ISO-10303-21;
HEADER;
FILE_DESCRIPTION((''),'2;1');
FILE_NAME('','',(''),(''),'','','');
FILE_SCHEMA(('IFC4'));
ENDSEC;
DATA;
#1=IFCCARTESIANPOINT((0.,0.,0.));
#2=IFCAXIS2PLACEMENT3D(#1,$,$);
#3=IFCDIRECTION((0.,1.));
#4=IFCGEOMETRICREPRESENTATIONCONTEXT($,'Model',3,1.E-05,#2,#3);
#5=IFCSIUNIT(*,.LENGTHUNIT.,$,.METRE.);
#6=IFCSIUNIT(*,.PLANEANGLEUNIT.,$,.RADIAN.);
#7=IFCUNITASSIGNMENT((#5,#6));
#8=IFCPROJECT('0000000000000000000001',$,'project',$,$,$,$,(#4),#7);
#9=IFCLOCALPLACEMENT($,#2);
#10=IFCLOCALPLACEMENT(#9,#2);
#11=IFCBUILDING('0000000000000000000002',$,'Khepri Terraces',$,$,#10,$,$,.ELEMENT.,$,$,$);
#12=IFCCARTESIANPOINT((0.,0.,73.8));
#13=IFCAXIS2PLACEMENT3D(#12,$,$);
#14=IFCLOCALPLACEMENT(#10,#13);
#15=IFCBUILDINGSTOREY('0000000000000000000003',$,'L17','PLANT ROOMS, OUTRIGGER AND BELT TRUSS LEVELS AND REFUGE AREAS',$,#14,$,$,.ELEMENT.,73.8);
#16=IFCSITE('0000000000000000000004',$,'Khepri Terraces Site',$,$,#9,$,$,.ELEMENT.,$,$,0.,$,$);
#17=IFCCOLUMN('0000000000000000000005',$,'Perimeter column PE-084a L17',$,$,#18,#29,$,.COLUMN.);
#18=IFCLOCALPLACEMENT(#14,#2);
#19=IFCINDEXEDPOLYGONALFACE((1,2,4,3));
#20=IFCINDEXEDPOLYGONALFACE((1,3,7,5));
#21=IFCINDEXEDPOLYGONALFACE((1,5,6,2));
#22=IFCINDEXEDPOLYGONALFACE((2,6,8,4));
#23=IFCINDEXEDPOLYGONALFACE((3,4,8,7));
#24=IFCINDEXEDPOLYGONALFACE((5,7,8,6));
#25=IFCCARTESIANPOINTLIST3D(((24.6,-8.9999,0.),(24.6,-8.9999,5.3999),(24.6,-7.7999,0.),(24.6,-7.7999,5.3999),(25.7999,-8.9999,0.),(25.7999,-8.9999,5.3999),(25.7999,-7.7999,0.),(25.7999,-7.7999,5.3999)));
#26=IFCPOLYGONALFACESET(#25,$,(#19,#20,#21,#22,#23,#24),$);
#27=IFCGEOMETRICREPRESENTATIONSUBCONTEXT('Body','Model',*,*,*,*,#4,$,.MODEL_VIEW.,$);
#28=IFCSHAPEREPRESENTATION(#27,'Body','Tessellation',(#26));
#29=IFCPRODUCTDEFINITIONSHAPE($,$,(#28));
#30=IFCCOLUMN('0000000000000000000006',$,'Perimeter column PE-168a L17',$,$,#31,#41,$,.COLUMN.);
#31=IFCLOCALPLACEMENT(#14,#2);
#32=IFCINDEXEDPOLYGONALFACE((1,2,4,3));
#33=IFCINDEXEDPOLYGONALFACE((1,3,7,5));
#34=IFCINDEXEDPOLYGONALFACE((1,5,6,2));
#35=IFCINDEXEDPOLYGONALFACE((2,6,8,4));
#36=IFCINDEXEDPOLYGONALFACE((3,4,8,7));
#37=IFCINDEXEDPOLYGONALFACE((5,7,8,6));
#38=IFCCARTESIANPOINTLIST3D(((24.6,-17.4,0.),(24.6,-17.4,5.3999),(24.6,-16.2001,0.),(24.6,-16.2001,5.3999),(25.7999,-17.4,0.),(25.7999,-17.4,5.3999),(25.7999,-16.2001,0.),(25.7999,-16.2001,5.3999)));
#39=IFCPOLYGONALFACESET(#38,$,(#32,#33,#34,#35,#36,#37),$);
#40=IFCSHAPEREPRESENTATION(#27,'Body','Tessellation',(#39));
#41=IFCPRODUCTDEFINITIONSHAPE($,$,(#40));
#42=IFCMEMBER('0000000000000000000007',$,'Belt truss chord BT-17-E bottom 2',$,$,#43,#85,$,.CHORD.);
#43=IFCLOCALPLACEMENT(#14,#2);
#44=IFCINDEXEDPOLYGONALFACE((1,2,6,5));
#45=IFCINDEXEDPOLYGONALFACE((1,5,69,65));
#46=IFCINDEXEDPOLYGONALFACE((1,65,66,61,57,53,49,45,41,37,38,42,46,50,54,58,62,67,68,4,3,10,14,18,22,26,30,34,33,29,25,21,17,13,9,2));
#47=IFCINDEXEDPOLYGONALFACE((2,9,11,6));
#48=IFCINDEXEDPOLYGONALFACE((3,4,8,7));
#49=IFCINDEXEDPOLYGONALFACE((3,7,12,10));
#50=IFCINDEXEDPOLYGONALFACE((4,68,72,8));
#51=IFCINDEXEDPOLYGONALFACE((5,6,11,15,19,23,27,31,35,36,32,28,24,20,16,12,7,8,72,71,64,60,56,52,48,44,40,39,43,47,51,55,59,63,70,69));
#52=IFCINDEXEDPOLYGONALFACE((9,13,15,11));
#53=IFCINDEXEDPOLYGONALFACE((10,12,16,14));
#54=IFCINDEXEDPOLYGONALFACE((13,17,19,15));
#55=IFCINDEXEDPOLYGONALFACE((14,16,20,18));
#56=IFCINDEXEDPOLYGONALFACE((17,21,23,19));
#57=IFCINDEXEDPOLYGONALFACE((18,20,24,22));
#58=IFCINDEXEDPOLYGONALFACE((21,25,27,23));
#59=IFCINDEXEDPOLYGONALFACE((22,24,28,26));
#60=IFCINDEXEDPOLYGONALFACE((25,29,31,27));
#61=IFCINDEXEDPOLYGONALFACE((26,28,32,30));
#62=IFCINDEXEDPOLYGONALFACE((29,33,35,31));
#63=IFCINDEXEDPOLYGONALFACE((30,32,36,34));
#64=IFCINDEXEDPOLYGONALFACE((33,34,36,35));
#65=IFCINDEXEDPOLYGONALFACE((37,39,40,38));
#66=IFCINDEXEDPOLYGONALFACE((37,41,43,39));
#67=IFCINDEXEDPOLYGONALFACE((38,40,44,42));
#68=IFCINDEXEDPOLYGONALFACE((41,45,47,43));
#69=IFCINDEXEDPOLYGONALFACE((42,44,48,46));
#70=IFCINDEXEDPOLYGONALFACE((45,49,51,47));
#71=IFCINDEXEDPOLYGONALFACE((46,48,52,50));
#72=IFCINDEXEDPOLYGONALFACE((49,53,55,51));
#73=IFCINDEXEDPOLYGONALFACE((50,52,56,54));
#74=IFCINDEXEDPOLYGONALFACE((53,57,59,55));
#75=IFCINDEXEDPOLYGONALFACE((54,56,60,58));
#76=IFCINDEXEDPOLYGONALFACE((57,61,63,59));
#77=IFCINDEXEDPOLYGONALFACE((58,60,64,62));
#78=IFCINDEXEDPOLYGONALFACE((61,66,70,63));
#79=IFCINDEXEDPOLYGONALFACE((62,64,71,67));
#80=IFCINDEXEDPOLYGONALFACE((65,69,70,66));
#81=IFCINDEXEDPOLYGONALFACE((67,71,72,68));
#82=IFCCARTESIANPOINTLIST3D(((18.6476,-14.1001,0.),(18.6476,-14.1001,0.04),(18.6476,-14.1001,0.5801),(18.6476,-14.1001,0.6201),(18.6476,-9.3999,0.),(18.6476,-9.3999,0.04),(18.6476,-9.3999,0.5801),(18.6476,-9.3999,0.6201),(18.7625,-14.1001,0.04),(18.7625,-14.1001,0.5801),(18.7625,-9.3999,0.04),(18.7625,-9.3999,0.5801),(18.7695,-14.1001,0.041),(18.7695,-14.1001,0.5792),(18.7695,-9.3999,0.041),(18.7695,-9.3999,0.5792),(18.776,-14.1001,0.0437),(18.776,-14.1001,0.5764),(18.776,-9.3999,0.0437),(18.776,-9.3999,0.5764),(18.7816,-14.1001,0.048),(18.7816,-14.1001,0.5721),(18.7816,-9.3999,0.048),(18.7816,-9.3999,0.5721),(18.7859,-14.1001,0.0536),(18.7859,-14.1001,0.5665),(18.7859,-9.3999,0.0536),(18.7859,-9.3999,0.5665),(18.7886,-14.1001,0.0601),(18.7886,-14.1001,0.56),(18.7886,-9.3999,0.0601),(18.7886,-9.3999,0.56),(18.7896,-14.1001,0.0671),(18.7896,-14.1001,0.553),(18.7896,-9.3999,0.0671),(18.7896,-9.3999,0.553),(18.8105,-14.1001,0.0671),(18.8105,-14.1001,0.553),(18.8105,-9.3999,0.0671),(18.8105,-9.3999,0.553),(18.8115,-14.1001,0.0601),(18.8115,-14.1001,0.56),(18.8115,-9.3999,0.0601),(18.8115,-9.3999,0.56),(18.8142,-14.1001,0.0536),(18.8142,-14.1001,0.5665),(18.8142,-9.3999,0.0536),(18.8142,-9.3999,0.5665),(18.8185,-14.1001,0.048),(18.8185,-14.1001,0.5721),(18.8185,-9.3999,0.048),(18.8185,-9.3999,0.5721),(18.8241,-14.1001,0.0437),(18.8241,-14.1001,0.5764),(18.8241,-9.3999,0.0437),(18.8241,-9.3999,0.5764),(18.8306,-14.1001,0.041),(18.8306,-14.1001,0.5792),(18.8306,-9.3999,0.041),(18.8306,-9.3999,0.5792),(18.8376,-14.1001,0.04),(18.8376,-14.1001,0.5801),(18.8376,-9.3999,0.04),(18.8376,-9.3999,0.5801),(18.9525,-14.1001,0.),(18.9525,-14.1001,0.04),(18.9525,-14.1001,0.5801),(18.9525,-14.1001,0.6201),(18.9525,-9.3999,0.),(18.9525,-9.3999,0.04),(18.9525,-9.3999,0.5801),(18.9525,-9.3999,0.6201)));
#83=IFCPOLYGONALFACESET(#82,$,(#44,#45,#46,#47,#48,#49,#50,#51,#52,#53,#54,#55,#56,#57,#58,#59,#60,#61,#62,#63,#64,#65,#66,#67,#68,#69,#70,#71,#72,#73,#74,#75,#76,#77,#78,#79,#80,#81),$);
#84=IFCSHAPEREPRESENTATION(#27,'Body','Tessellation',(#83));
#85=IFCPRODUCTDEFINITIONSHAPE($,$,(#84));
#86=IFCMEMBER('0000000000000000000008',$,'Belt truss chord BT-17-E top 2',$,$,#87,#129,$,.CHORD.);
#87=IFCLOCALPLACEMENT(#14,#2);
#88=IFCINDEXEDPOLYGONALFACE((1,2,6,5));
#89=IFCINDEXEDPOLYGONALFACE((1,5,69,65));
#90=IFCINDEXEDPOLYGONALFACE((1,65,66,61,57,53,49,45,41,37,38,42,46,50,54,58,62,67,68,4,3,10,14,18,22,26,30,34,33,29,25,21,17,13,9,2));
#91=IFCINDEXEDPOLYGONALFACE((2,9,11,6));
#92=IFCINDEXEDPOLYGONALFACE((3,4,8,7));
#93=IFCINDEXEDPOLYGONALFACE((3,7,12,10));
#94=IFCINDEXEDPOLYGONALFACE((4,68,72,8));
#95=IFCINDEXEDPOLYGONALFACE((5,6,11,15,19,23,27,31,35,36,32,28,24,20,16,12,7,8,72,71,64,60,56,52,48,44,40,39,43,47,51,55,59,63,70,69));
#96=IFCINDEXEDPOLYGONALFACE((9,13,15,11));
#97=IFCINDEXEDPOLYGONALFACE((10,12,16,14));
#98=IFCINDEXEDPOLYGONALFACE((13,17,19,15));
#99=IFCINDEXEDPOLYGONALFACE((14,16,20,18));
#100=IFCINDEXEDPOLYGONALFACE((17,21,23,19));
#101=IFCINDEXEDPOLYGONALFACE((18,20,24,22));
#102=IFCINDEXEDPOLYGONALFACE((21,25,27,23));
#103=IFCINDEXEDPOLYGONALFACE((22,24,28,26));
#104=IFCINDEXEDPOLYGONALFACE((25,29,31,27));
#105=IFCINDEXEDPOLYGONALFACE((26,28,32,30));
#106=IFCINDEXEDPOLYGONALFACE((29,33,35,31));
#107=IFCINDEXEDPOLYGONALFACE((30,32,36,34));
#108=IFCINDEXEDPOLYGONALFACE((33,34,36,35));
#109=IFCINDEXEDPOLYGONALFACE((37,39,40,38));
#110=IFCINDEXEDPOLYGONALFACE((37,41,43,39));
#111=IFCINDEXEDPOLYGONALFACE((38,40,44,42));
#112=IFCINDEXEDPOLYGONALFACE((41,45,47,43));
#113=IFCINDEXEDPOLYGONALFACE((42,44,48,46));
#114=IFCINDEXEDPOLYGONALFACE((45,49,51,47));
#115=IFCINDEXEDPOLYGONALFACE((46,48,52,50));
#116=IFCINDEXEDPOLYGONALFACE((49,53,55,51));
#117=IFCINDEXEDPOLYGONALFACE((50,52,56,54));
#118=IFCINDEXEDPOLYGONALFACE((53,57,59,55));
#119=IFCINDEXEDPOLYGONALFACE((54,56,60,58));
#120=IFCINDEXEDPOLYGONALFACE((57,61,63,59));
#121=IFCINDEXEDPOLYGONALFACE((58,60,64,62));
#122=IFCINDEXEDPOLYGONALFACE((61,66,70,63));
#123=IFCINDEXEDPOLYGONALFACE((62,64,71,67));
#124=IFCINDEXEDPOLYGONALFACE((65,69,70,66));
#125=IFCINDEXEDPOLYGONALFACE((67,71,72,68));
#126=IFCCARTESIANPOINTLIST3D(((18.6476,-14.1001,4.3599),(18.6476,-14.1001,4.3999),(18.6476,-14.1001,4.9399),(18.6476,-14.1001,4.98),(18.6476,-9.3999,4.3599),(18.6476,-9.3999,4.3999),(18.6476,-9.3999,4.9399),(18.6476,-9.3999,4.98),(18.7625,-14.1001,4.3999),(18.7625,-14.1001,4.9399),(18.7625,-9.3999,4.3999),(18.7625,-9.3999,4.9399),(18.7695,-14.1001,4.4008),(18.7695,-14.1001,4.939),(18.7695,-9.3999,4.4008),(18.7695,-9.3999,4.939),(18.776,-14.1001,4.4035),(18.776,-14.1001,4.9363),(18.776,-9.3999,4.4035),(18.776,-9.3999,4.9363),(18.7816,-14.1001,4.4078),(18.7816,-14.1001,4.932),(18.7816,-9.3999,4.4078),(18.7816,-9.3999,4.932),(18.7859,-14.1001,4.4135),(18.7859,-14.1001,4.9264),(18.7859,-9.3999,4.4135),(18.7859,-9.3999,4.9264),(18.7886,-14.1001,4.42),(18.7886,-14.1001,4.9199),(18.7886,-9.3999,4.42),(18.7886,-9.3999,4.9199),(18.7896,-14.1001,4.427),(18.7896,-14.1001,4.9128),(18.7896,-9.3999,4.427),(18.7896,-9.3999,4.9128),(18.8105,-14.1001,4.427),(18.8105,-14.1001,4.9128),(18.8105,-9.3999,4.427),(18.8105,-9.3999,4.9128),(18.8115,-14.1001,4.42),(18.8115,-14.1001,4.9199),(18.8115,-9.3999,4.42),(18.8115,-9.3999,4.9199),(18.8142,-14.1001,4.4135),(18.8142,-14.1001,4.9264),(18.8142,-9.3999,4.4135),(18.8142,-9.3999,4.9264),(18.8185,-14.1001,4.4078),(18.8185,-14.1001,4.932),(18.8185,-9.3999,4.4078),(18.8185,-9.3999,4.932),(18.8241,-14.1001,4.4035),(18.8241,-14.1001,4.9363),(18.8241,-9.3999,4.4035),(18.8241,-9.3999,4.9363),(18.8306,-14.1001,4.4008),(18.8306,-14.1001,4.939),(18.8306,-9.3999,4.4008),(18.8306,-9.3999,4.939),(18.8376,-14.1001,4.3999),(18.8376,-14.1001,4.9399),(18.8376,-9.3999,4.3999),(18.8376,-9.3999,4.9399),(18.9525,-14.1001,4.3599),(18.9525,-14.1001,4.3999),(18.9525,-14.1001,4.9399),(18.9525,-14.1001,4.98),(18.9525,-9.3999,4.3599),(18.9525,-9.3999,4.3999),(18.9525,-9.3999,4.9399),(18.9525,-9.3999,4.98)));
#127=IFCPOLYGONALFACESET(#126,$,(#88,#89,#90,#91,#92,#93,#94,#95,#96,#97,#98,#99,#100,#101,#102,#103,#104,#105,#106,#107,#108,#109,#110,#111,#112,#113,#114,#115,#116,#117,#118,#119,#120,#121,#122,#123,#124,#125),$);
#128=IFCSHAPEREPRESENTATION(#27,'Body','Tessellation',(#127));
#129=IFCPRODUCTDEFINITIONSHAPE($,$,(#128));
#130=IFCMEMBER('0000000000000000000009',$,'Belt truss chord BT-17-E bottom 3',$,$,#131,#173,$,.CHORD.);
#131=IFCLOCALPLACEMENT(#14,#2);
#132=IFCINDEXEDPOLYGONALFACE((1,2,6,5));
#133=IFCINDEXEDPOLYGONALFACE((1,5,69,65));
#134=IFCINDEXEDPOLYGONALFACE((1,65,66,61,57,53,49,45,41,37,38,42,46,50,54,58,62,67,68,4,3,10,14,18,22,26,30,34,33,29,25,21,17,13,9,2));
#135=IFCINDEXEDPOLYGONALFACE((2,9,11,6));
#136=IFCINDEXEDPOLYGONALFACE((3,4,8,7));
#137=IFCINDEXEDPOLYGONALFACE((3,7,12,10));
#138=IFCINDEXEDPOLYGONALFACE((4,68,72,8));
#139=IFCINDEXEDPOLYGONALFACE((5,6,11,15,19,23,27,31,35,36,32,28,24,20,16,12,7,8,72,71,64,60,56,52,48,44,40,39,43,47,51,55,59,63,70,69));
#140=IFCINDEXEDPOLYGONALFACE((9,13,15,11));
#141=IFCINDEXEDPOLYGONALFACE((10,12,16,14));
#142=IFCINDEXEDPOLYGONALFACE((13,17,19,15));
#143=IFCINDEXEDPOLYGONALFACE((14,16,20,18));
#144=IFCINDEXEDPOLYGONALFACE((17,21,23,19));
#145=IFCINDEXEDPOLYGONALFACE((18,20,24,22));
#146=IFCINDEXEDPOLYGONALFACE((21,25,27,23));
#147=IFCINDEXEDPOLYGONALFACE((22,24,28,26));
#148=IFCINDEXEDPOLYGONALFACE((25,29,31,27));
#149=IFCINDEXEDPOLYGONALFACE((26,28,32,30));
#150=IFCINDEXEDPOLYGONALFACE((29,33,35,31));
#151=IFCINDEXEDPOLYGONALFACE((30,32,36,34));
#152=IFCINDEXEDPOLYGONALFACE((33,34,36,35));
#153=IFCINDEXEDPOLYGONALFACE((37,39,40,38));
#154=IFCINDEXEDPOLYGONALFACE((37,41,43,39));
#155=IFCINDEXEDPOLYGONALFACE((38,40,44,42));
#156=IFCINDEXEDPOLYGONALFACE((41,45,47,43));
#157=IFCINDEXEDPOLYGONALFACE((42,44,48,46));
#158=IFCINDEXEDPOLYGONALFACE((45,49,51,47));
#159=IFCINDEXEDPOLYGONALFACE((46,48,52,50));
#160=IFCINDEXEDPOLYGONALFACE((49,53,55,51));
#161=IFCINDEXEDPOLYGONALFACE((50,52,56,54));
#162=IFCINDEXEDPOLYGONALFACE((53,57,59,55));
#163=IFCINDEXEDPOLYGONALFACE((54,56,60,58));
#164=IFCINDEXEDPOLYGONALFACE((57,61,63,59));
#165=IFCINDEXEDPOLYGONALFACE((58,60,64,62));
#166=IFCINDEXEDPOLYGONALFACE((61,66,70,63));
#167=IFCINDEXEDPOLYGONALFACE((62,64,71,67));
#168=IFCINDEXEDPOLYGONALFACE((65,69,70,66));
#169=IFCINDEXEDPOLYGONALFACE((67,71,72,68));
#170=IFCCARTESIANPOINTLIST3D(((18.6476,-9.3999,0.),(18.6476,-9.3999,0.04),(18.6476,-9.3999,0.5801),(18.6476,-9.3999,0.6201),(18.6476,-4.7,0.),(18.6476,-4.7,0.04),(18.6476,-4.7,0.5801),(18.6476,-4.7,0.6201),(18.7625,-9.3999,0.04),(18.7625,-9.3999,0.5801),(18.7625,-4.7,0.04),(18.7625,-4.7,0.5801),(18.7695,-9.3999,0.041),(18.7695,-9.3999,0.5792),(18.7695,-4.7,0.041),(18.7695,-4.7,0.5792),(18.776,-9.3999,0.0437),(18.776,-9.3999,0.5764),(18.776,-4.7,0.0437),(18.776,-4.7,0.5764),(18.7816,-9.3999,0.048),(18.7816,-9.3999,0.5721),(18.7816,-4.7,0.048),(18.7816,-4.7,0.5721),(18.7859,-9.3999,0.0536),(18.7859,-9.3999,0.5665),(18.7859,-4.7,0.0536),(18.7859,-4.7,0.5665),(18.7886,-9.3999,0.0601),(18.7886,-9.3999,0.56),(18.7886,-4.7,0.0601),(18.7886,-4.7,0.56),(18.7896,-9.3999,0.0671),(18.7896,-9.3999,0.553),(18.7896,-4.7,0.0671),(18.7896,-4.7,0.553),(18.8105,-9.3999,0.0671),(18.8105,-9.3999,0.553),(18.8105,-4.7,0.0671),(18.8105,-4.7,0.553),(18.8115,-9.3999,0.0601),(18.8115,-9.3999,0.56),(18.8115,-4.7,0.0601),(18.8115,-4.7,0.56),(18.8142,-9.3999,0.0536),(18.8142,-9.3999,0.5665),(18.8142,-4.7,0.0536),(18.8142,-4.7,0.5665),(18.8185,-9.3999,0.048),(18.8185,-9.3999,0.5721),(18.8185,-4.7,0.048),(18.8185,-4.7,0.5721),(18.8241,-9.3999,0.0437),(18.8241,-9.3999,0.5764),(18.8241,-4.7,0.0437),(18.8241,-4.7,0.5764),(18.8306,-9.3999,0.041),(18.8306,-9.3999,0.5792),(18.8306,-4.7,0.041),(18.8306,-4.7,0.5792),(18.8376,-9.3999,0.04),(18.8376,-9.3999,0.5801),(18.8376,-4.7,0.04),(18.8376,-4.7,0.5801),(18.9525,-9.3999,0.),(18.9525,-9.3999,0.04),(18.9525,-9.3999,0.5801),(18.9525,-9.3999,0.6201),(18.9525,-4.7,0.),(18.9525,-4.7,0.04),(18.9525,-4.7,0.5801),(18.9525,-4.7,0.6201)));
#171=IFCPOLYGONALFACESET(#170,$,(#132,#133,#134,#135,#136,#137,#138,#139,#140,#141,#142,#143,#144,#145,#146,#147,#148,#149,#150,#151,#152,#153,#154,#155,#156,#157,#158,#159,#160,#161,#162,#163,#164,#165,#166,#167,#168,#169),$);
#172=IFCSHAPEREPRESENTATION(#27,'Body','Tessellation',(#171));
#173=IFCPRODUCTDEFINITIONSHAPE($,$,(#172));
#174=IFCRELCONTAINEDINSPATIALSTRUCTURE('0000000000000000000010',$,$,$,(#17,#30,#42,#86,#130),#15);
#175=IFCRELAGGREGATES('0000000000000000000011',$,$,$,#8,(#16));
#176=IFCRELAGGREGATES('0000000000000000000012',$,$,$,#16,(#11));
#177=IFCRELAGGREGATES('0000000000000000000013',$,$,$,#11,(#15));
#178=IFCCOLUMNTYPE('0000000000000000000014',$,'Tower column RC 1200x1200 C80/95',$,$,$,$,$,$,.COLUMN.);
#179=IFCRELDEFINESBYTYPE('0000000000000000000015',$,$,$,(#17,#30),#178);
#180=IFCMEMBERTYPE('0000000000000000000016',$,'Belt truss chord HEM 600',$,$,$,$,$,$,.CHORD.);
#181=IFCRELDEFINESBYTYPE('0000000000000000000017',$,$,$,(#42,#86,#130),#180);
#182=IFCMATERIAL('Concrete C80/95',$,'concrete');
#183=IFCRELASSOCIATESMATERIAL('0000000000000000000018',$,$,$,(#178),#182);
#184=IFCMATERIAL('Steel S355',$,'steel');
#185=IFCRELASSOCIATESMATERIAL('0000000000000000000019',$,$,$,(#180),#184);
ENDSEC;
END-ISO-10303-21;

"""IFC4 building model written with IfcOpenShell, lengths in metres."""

from ifc_helpers import new_model, si_unit, direction, frame, origin, origin_2d, place, context, subcontext, project, spatial, rectangle, i_section, extrude, material, material_profile, profile_set, type_object, element, save


model = new_model("IFC4")

# Units and contexts
model_context = context("Model", 3, precision=1e-05, world=origin(), true_north=direction((0.0, 1.0)))
body_context = subcontext(model_context, "Body", "Model", "MODEL_VIEW")
ifc_project = project(units=[si_unit("LENGTHUNIT", "METRE"), si_unit("PLANEANGLEUNIT", "RADIAN")], contexts=[model_context])

# Site, building, storey
site_placement = place(None, origin())
site = spatial("IfcSite", under=ifc_project, at=site_placement, Name="Khepri Terraces Site", CompositionType="ELEMENT", RefElevation=0.0)
building_placement = place(site_placement, origin())
building = spatial("IfcBuilding", under=site, at=building_placement, Name="Khepri Terraces", CompositionType="ELEMENT")
storey_placement = place(building_placement, frame((0.0, 0.0, 73.8)))
storey = spatial("IfcBuildingStorey", under=building, at=storey_placement, Name="L17", Description="PLANT ROOMS, OUTRIGGER AND BELT TRUSS LEVELS AND REFUGE AREAS", CompositionType="ELEMENT", Elevation=73.8)

# Columns
ifc_material_1 = material(Name="Concrete C80/95", Category="concrete")
ifc_material_profile_1 = material_profile(ifc_material_1, rectangle(XDim=1.2, YDim=1.2, at=origin_2d()), Name="Concrete C80/95", Category="concrete")
ifc_profile_set_1 = profile_set([ifc_material_profile_1], Name="Concrete C80/95")
column_type = type_object("IfcColumnType", Name="Tower column RC 1200x1200 C80/95", PredefinedType="COLUMN", material=ifc_profile_set_1)
for number, where, z_axis, x_axis, name in (
    (1, (25.2, -8.3999, 0.0), (0.0, 0.0, 1.0), (1.0, 0.0, 0.0), "Perimeter column PE-084a L17"),
    (2, (25.2, -16.8, 0.0), (0.0, 0.0, 1.0), (1.0, 0.0, 0.0), "Perimeter column PE-168a L17"),
):
    element("IfcColumn", number, at=place(storey_placement, frame(where, z_axis=z_axis, x_axis=x_axis)), inside=storey, type_object=column_type, Name=name, PredefinedType="COLUMN", context=body_context, shape_type="SweptSolid", body=[
        extrude(rectangle(XDim=1.2, YDim=1.2, at=origin_2d()), origin(), (0.0, 0.0, 1.0), 5.3999),
    ])

# Members
ifc_material_2 = material(Name="Steel S355", Category="steel")
ifc_material_profile_2 = material_profile(ifc_material_2, i_section(OverallWidth=0.3049, OverallDepth=0.6201, WebThickness=0.021, FlangeThickness=0.04, FilletRadius=0.0271, at=origin_2d()), Name="Steel S355", Category="steel")
ifc_profile_set_2 = profile_set([ifc_material_profile_2], Name="Steel S355")
member_type_1 = type_object("IfcMemberType", Name="Belt truss chord HEM 600", PredefinedType="CHORD", material=ifc_profile_set_2)
for number, where, z_axis, x_axis, name in (
    (3, (18.8, -14.1001, 0.3101), (0.0, 1.0, 0.0), (-1.0, 0.0, 0.0), "Belt truss chord BT-17-E bottom 2"),
    (4, (18.8, -14.1001, 4.6699), (0.0, 1.0, 0.0), (-1.0, 0.0, 0.0), "Belt truss chord BT-17-E top 2"),
):
    element("IfcMember", number, at=place(storey_placement, frame(where, z_axis=z_axis, x_axis=x_axis)), inside=storey, type_object=member_type_1, Name=name, PredefinedType="CHORD", context=body_context, shape_type="SweptSolid", body=[
        extrude(i_section(OverallWidth=0.3049, OverallDepth=0.6201, WebThickness=0.021, FlangeThickness=0.04, FilletRadius=0.0271, at=origin_2d()), origin(), (0.0, 0.0, 1.0), 4.7002),
    ])
for number, where, z_axis, x_axis, name in (
    (5, (18.8, -9.3999, 0.3101), (0.0, 1.0, 0.0), (-1.0, 0.0, 0.0), "Belt truss chord BT-17-E bottom 3"),
):
    element("IfcMember", number, at=place(storey_placement, frame(where, z_axis=z_axis, x_axis=x_axis)), inside=storey, type_object=member_type_1, Name=name, PredefinedType="CHORD", context=body_context, shape_type="SweptSolid", body=[
        extrude(i_section(OverallWidth=0.3049, OverallDepth=0.6201, WebThickness=0.021, FlangeThickness=0.04, FilletRadius=0.0271, at=origin_2d()), origin(), (0.0, 0.0, 1.0), 4.7),
    ])

save(model, "model.ifc")
